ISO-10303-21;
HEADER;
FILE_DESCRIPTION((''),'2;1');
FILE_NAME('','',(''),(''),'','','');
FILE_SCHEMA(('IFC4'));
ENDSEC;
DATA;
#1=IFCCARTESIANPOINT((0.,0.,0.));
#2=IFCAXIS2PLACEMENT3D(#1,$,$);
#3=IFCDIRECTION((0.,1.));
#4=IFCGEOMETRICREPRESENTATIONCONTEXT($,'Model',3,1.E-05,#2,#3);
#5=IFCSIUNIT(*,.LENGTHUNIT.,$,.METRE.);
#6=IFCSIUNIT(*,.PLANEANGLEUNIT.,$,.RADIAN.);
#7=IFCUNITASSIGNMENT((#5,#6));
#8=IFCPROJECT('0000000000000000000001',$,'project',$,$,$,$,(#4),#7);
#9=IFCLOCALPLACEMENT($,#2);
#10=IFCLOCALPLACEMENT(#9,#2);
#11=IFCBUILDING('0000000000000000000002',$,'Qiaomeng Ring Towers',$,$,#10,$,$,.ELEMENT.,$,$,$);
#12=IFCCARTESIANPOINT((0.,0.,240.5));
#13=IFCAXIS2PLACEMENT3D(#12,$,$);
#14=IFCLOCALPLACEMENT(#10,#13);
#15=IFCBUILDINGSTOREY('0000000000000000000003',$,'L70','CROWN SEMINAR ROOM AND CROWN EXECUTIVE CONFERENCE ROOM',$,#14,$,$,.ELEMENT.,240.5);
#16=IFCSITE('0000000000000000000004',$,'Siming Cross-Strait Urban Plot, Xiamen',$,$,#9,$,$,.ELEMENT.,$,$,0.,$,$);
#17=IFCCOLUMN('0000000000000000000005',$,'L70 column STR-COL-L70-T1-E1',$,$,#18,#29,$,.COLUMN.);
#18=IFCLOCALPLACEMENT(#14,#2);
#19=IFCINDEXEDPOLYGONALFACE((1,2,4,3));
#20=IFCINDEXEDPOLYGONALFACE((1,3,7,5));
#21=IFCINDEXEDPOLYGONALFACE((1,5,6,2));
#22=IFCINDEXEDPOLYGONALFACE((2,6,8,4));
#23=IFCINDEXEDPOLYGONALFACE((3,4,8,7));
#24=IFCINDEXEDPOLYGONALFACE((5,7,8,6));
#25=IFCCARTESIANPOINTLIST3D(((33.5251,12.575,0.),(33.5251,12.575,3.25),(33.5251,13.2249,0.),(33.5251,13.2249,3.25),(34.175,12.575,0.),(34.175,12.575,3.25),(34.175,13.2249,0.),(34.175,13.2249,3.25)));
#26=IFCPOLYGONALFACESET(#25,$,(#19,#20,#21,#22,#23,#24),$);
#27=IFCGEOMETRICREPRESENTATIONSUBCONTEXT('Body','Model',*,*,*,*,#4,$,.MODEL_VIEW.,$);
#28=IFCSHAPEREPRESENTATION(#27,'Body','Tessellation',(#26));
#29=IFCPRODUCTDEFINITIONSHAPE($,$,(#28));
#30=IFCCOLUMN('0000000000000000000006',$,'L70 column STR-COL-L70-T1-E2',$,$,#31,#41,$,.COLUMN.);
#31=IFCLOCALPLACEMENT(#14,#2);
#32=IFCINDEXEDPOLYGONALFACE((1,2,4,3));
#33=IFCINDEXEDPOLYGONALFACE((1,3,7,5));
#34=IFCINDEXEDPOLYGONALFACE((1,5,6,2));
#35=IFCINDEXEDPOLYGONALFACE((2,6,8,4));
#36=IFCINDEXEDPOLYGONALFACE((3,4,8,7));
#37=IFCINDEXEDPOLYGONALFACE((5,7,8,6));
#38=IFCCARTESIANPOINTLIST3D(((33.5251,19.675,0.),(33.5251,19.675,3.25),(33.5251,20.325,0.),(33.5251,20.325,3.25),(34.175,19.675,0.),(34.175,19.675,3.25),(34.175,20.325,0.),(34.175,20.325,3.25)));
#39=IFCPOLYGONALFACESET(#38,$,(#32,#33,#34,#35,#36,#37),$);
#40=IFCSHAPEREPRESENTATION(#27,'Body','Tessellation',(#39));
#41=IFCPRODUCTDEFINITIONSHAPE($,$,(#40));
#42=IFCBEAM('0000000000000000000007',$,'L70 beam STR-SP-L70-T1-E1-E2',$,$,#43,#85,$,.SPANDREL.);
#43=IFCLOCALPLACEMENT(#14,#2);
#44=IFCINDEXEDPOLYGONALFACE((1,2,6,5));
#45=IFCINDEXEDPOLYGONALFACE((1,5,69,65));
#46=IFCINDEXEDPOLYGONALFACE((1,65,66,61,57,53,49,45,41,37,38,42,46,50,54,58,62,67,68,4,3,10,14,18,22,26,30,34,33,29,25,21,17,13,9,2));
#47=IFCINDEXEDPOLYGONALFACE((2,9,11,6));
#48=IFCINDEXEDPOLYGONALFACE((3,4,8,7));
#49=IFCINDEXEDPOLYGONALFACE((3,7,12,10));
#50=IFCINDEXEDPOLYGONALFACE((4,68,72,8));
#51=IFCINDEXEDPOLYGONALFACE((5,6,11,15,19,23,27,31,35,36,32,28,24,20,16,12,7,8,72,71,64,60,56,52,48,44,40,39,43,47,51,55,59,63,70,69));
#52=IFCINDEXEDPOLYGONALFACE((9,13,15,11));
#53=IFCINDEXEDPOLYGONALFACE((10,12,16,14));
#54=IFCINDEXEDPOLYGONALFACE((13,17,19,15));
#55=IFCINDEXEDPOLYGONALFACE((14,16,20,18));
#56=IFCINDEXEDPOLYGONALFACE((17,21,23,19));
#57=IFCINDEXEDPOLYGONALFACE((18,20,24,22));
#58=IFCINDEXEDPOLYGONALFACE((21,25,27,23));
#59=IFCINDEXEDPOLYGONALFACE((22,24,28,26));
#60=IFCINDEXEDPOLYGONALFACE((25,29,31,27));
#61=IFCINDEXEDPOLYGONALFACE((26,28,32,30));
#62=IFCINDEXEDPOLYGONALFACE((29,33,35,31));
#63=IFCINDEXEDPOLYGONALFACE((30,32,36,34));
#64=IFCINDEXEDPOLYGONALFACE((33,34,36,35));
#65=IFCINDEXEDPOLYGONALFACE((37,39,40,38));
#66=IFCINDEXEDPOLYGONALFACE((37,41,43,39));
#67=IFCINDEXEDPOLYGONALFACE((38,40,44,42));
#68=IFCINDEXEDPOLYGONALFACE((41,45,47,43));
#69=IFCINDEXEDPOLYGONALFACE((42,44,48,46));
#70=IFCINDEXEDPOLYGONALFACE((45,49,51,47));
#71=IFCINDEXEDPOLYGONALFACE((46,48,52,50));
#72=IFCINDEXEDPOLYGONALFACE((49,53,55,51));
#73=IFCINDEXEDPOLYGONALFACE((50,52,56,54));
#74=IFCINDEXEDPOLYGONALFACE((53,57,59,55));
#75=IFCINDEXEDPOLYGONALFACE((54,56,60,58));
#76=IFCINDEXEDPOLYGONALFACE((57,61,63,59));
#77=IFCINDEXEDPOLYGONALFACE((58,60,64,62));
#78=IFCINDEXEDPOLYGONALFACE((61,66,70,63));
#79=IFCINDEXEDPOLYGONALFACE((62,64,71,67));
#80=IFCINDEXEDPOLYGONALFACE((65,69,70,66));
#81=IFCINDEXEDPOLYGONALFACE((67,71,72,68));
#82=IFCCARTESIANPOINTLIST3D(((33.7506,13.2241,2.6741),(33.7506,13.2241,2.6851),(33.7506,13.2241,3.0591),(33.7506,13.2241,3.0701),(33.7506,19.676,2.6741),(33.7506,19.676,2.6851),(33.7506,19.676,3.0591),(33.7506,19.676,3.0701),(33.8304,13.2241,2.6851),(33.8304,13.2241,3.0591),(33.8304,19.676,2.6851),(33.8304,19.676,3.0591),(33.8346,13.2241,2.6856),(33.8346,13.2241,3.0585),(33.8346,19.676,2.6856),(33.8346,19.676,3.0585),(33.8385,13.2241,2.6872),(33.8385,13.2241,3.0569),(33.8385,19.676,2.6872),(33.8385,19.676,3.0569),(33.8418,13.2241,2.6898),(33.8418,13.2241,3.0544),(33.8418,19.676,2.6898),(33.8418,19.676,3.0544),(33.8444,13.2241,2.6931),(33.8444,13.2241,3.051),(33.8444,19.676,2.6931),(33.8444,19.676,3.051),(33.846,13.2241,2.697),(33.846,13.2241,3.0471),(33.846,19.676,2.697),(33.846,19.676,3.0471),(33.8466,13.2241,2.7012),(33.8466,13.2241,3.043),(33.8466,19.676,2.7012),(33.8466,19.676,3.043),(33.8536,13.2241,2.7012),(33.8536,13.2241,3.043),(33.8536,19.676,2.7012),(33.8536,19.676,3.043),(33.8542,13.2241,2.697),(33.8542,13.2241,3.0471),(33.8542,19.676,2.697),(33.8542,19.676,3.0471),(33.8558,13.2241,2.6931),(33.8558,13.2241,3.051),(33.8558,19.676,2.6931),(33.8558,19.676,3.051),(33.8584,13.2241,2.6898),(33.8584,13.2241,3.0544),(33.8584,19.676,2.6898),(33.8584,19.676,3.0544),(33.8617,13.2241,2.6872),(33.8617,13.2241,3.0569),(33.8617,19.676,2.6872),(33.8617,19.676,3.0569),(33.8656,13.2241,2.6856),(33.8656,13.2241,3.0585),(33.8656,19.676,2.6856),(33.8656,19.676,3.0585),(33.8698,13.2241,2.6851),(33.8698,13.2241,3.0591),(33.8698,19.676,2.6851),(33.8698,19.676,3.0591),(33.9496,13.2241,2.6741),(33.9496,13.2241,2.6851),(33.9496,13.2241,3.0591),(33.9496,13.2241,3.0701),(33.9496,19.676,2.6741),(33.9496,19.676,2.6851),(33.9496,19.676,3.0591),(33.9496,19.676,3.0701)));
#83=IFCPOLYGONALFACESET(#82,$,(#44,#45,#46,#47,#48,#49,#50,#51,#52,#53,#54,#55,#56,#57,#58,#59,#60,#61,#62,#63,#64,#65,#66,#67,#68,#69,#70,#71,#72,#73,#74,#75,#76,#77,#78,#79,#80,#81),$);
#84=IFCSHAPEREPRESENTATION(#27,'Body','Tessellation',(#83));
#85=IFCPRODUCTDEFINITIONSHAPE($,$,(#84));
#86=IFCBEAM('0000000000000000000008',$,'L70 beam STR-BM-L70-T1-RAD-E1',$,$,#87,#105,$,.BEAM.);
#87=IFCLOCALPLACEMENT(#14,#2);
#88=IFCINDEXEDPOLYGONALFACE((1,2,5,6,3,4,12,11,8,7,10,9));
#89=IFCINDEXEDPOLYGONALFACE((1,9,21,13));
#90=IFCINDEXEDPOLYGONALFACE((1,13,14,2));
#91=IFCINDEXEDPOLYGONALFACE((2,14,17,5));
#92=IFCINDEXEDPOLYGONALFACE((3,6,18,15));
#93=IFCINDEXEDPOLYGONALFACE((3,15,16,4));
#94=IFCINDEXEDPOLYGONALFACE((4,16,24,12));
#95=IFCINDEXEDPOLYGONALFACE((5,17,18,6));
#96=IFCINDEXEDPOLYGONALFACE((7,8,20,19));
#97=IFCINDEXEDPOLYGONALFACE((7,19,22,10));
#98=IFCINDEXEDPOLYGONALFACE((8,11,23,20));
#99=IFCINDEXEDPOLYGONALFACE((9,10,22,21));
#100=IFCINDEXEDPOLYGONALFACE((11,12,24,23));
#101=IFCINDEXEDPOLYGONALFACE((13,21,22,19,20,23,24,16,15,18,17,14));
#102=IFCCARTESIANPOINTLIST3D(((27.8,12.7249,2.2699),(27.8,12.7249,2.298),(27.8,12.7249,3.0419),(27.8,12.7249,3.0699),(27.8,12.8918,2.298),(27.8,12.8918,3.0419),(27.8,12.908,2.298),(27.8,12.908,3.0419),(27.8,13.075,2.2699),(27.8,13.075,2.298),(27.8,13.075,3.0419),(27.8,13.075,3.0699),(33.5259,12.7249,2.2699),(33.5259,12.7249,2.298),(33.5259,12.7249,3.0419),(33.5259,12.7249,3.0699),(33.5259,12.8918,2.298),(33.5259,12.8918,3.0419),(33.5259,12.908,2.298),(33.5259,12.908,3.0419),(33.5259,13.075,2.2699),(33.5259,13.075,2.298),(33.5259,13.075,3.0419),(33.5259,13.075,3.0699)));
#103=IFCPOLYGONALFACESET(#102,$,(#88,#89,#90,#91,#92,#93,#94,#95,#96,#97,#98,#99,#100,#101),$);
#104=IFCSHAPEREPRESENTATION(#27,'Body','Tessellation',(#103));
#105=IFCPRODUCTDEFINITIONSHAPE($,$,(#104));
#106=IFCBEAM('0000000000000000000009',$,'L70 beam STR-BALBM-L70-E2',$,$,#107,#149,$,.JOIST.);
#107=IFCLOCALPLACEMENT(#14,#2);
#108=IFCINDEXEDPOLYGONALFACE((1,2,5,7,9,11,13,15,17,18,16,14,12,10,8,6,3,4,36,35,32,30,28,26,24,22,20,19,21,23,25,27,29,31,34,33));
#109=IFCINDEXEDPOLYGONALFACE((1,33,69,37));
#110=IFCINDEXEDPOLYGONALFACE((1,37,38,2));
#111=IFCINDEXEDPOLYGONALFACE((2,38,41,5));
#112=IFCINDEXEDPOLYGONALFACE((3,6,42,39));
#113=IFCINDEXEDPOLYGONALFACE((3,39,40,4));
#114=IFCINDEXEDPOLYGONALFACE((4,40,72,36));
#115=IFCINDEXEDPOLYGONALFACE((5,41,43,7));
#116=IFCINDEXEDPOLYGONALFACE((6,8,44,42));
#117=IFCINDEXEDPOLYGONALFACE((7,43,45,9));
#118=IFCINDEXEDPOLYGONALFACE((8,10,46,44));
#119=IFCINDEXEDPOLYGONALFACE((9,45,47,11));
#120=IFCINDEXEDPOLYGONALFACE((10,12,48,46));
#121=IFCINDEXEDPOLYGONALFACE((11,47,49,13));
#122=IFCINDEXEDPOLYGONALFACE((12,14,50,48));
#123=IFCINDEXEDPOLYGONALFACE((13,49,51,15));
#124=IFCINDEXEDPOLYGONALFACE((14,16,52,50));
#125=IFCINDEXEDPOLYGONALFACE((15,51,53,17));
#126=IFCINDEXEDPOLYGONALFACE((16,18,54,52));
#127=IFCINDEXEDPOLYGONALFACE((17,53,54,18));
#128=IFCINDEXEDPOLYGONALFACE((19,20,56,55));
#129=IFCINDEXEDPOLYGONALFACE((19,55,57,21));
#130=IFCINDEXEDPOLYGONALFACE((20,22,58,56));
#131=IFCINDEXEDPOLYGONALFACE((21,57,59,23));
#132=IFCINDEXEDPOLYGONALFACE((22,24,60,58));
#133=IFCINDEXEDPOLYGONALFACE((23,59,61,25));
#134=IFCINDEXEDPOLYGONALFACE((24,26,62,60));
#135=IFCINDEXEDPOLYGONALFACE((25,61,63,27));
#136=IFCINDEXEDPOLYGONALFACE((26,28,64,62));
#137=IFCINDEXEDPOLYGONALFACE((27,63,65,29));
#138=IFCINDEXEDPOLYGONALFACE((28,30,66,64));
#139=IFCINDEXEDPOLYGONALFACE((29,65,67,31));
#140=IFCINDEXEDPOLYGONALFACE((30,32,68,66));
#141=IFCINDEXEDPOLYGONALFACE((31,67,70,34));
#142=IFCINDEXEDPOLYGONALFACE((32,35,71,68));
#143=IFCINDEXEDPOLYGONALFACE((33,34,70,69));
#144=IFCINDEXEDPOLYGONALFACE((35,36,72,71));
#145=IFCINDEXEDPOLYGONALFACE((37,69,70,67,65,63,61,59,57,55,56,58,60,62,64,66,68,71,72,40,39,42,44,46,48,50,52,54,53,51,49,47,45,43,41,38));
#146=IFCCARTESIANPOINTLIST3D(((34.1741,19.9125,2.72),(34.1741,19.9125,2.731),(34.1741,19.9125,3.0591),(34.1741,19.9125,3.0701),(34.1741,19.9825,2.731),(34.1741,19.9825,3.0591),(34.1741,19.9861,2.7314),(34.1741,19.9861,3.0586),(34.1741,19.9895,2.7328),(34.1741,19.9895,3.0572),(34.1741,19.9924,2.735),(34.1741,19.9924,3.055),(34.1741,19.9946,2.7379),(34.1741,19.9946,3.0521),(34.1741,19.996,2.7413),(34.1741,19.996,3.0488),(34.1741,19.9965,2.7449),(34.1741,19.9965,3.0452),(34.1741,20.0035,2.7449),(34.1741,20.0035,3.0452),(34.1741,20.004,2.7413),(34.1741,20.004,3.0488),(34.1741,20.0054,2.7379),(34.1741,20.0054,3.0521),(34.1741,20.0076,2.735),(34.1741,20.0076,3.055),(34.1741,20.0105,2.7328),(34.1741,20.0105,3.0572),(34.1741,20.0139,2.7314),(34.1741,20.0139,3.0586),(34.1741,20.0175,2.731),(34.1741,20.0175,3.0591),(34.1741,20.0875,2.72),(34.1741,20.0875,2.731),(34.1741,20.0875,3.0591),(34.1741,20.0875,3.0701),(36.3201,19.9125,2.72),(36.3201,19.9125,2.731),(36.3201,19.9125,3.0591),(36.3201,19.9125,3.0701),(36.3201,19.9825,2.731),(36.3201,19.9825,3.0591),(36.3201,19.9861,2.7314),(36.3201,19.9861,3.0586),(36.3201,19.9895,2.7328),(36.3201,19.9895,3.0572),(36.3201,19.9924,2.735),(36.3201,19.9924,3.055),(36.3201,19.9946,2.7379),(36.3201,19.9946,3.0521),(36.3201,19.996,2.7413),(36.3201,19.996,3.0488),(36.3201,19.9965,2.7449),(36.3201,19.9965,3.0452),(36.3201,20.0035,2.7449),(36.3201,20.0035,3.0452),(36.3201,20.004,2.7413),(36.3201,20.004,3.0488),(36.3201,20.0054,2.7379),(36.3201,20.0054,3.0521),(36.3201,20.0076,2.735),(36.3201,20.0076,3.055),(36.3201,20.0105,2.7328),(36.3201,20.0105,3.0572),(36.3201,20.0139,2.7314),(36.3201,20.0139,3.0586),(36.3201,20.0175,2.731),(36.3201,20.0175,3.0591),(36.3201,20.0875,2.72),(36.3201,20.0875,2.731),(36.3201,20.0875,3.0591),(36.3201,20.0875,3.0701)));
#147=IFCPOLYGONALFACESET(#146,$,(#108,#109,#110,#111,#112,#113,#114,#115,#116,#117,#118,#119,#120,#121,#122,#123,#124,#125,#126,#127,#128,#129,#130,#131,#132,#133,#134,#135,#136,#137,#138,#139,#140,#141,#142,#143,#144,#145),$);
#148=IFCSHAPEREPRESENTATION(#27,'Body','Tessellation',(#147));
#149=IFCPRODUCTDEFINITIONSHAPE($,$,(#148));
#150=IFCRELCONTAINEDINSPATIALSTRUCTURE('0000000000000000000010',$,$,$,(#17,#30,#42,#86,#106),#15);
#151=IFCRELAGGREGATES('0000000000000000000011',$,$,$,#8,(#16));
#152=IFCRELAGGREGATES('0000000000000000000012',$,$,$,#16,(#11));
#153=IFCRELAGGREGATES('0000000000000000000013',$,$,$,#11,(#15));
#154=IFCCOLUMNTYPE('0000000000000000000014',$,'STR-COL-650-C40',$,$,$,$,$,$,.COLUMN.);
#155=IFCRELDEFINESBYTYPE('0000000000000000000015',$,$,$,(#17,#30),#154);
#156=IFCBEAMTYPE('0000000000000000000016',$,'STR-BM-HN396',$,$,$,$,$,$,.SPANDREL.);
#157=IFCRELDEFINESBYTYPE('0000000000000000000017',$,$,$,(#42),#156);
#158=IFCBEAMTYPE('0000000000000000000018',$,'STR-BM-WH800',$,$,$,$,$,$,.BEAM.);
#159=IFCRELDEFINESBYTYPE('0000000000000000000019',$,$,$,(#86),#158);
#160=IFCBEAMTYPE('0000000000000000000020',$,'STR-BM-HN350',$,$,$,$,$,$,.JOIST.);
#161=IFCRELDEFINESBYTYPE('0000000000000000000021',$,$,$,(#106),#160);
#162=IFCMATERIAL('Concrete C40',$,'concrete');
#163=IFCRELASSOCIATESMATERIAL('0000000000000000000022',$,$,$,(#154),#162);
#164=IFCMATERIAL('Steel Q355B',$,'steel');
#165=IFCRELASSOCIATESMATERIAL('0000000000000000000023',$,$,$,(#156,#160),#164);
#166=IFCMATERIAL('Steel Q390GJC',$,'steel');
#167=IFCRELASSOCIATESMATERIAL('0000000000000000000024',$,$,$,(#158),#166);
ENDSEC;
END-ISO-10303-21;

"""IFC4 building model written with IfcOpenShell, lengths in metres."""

from ifc_helpers import new_model, si_unit, direction, frame, origin, origin_2d, place, context, subcontext, project, spatial, rectangle, i_section, extrude, source, transform, mapped, material, material_profile, profile_set, type_object, element, save


model = new_model("IFC4")

# Units and contexts
model_context = context("Model", 3, precision=1e-05, world=origin(), true_north=direction((0.0, 1.0)))
body_context = subcontext(model_context, "Body", "Model", "MODEL_VIEW")
ifc_project = project(units=[si_unit("LENGTHUNIT", "METRE"), si_unit("PLANEANGLEUNIT", "RADIAN")], contexts=[model_context])

# Site, building, storey
site_placement = place(None, origin())
site = spatial("IfcSite", under=ifc_project, at=site_placement, Name="Siming Cross-Strait Urban Plot, Xiamen", CompositionType="ELEMENT", RefElevation=0.0)
building_placement = place(site_placement, origin())
building = spatial("IfcBuilding", under=site, at=building_placement, Name="Qiaomeng Ring Towers", CompositionType="ELEMENT")
storey_placement = place(building_placement, frame((0.0, 0.0, 240.5)))
storey = spatial("IfcBuildingStorey", under=building, at=storey_placement, Name="L70", Description="CROWN SEMINAR ROOM AND CROWN EXECUTIVE CONFERENCE ROOM", CompositionType="ELEMENT", Elevation=240.5)

# Columns
ifc_material_1 = material(Name="Concrete C40", Category="concrete")
ifc_material_profile_1 = material_profile(ifc_material_1, rectangle(XDim=0.6499, YDim=0.6499, at=origin_2d()), Name="RC COL 650x650")
ifc_profile_set_1 = profile_set([ifc_material_profile_1], Name="Concrete C40")
column_type = type_object("IfcColumnType", Name="STR-COL-650-C40", PredefinedType="COLUMN", material=ifc_profile_set_1)
shared_shape_1 = source(origin(), body_context, "Body", "SweptSolid", [
    extrude(rectangle(XDim=0.6499, YDim=0.6499, at=origin_2d()), origin(), (0.0, 0.0, 1.0), 3.25),
])
for number, where, z_axis, x_axis, name in (
    (1, (33.8501, 12.8999, 0.0), (0.0, 0.0, 1.0), (1.0, 0.0, 0.0), "L70 column STR-COL-L70-T1-E1"),
    (2, (33.8501, 20.0, 0.0), (0.0, 0.0, 1.0), (1.0, 0.0, 0.0), "L70 column STR-COL-L70-T1-E2"),
):
    element("IfcColumn", number, at=place(storey_placement, frame(where, z_axis=z_axis, x_axis=x_axis)), inside=storey, type_object=column_type, Name=name, PredefinedType="COLUMN", context=body_context, shape_type="MappedRepresentation", body=[
        mapped(shared_shape_1, transform((0.0, 0.0, 0.0), x_axis=(1.0, 0.0, 0.0), y_axis=(0.0, 1.0, 0.0), z_axis=(0.0, 0.0, 1.0), scale=1.0)),
    ])

# Beams
ifc_material_2 = material(Name="Steel Q355B", Category="steel")
ifc_material_profile_2 = material_profile(ifc_material_2, i_section(OverallWidth=0.199, OverallDepth=0.396, WebThickness=0.0071, FlangeThickness=0.011, FilletRadius=0.0161, at=origin_2d()), Name="HN 396x199x7x11")
ifc_profile_set_2 = profile_set([ifc_material_profile_2], Name="Steel Q355B")
beam_type_1 = type_object("IfcBeamType", Name="STR-BM-HN396", PredefinedType="SPANDREL", material=ifc_profile_set_2)
shared_shape_2 = source(origin(), body_context, "Body", "SweptSolid", [
    extrude(i_section(OverallWidth=0.199, OverallDepth=0.396, WebThickness=0.0071, FlangeThickness=0.011, FilletRadius=0.0161, at=origin_2d()), origin(), (0.0, 0.0, 1.0), 6.4519),
])
beam_1_placement = place(storey_placement, frame((33.8501, 13.2241, 2.8721), z_axis=(0.0, 1.0, 0.0), x_axis=(-1.0, 0.0, 0.0)))
element("IfcBeam", 3, at=beam_1_placement, inside=storey, type_object=beam_type_1, Name="L70 beam STR-SP-L70-T1-E1-E2", PredefinedType="SPANDREL", context=body_context, shape_type="MappedRepresentation", body=[
    mapped(shared_shape_2, transform((0.0, 0.0, 0.0), x_axis=(1.0, 0.0, 0.0), y_axis=(0.0, 1.0, 0.0), z_axis=(0.0, 0.0, 1.0), scale=1.0)),
])
ifc_material_3 = material(Name="Steel Q390GJC", Category="steel")
ifc_material_profile_3 = material_profile(ifc_material_3, i_section(OverallWidth=0.3501, OverallDepth=0.8, WebThickness=0.0161, FlangeThickness=0.0281, at=origin_2d()), Name="WH 800x350x16x28")
ifc_profile_set_3 = profile_set([ifc_material_profile_3], Name="Steel Q390GJC")
beam_type_2 = type_object("IfcBeamType", Name="STR-BM-WH800", PredefinedType="BEAM", material=ifc_profile_set_3)
shared_shape_3 = source(origin(), body_context, "Body", "SweptSolid", [
    extrude(i_section(OverallWidth=0.3501, OverallDepth=0.8, WebThickness=0.0161, FlangeThickness=0.0281, at=origin_2d()), origin(), (0.0, 0.0, 1.0), 5.7258),
])
beam_2_placement = place(storey_placement, frame((27.8, 12.8999, 2.6699), z_axis=(1.0, 0.0, 0.0), x_axis=(0.0, 1.0, 0.0)))
element("IfcBeam", 4, at=beam_2_placement, inside=storey, type_object=beam_type_2, Name="L70 beam STR-BM-L70-T1-RAD-E1", PredefinedType="BEAM", context=body_context, shape_type="MappedRepresentation", body=[
    mapped(shared_shape_3, transform((0.0, 0.0, 0.0), x_axis=(1.0, 0.0, 0.0), y_axis=(0.0, 1.0, 0.0), z_axis=(0.0, 0.0, 1.0), scale=1.0)),
])
ifc_material_profile_4 = material_profile(ifc_material_2, i_section(OverallWidth=0.175, OverallDepth=0.3501, WebThickness=0.0071, FlangeThickness=0.011, FilletRadius=0.0139, at=origin_2d()), Name="HN 350x175x7x11")
ifc_profile_set_4 = profile_set([ifc_material_profile_4], Name="Steel Q355B")
beam_type_3 = type_object("IfcBeamType", Name="STR-BM-HN350", PredefinedType="JOIST", material=ifc_profile_set_4)
shared_shape_4 = source(origin(), body_context, "Body", "SweptSolid", [
    extrude(i_section(OverallWidth=0.175, OverallDepth=0.3501, WebThickness=0.0071, FlangeThickness=0.011, FilletRadius=0.0139, at=origin_2d()), origin(), (0.0, 0.0, 1.0), 2.146),
])
beam_3_placement = place(storey_placement, frame((34.1741, 20.0, 2.895), z_axis=(1.0, 0.0, 0.0), x_axis=(0.0, 1.0, 0.0)))
element("IfcBeam", 5, at=beam_3_placement, inside=storey, type_object=beam_type_3, Name="L70 beam STR-BALBM-L70-E2", PredefinedType="JOIST", context=body_context, shape_type="MappedRepresentation", body=[
    mapped(shared_shape_4, transform((0.0, 0.0, 0.0), x_axis=(1.0, 0.0, 0.0), y_axis=(0.0, 1.0, 0.0), z_axis=(0.0, 0.0, 1.0), scale=1.0)),
])

save(model, "model.ifc")
